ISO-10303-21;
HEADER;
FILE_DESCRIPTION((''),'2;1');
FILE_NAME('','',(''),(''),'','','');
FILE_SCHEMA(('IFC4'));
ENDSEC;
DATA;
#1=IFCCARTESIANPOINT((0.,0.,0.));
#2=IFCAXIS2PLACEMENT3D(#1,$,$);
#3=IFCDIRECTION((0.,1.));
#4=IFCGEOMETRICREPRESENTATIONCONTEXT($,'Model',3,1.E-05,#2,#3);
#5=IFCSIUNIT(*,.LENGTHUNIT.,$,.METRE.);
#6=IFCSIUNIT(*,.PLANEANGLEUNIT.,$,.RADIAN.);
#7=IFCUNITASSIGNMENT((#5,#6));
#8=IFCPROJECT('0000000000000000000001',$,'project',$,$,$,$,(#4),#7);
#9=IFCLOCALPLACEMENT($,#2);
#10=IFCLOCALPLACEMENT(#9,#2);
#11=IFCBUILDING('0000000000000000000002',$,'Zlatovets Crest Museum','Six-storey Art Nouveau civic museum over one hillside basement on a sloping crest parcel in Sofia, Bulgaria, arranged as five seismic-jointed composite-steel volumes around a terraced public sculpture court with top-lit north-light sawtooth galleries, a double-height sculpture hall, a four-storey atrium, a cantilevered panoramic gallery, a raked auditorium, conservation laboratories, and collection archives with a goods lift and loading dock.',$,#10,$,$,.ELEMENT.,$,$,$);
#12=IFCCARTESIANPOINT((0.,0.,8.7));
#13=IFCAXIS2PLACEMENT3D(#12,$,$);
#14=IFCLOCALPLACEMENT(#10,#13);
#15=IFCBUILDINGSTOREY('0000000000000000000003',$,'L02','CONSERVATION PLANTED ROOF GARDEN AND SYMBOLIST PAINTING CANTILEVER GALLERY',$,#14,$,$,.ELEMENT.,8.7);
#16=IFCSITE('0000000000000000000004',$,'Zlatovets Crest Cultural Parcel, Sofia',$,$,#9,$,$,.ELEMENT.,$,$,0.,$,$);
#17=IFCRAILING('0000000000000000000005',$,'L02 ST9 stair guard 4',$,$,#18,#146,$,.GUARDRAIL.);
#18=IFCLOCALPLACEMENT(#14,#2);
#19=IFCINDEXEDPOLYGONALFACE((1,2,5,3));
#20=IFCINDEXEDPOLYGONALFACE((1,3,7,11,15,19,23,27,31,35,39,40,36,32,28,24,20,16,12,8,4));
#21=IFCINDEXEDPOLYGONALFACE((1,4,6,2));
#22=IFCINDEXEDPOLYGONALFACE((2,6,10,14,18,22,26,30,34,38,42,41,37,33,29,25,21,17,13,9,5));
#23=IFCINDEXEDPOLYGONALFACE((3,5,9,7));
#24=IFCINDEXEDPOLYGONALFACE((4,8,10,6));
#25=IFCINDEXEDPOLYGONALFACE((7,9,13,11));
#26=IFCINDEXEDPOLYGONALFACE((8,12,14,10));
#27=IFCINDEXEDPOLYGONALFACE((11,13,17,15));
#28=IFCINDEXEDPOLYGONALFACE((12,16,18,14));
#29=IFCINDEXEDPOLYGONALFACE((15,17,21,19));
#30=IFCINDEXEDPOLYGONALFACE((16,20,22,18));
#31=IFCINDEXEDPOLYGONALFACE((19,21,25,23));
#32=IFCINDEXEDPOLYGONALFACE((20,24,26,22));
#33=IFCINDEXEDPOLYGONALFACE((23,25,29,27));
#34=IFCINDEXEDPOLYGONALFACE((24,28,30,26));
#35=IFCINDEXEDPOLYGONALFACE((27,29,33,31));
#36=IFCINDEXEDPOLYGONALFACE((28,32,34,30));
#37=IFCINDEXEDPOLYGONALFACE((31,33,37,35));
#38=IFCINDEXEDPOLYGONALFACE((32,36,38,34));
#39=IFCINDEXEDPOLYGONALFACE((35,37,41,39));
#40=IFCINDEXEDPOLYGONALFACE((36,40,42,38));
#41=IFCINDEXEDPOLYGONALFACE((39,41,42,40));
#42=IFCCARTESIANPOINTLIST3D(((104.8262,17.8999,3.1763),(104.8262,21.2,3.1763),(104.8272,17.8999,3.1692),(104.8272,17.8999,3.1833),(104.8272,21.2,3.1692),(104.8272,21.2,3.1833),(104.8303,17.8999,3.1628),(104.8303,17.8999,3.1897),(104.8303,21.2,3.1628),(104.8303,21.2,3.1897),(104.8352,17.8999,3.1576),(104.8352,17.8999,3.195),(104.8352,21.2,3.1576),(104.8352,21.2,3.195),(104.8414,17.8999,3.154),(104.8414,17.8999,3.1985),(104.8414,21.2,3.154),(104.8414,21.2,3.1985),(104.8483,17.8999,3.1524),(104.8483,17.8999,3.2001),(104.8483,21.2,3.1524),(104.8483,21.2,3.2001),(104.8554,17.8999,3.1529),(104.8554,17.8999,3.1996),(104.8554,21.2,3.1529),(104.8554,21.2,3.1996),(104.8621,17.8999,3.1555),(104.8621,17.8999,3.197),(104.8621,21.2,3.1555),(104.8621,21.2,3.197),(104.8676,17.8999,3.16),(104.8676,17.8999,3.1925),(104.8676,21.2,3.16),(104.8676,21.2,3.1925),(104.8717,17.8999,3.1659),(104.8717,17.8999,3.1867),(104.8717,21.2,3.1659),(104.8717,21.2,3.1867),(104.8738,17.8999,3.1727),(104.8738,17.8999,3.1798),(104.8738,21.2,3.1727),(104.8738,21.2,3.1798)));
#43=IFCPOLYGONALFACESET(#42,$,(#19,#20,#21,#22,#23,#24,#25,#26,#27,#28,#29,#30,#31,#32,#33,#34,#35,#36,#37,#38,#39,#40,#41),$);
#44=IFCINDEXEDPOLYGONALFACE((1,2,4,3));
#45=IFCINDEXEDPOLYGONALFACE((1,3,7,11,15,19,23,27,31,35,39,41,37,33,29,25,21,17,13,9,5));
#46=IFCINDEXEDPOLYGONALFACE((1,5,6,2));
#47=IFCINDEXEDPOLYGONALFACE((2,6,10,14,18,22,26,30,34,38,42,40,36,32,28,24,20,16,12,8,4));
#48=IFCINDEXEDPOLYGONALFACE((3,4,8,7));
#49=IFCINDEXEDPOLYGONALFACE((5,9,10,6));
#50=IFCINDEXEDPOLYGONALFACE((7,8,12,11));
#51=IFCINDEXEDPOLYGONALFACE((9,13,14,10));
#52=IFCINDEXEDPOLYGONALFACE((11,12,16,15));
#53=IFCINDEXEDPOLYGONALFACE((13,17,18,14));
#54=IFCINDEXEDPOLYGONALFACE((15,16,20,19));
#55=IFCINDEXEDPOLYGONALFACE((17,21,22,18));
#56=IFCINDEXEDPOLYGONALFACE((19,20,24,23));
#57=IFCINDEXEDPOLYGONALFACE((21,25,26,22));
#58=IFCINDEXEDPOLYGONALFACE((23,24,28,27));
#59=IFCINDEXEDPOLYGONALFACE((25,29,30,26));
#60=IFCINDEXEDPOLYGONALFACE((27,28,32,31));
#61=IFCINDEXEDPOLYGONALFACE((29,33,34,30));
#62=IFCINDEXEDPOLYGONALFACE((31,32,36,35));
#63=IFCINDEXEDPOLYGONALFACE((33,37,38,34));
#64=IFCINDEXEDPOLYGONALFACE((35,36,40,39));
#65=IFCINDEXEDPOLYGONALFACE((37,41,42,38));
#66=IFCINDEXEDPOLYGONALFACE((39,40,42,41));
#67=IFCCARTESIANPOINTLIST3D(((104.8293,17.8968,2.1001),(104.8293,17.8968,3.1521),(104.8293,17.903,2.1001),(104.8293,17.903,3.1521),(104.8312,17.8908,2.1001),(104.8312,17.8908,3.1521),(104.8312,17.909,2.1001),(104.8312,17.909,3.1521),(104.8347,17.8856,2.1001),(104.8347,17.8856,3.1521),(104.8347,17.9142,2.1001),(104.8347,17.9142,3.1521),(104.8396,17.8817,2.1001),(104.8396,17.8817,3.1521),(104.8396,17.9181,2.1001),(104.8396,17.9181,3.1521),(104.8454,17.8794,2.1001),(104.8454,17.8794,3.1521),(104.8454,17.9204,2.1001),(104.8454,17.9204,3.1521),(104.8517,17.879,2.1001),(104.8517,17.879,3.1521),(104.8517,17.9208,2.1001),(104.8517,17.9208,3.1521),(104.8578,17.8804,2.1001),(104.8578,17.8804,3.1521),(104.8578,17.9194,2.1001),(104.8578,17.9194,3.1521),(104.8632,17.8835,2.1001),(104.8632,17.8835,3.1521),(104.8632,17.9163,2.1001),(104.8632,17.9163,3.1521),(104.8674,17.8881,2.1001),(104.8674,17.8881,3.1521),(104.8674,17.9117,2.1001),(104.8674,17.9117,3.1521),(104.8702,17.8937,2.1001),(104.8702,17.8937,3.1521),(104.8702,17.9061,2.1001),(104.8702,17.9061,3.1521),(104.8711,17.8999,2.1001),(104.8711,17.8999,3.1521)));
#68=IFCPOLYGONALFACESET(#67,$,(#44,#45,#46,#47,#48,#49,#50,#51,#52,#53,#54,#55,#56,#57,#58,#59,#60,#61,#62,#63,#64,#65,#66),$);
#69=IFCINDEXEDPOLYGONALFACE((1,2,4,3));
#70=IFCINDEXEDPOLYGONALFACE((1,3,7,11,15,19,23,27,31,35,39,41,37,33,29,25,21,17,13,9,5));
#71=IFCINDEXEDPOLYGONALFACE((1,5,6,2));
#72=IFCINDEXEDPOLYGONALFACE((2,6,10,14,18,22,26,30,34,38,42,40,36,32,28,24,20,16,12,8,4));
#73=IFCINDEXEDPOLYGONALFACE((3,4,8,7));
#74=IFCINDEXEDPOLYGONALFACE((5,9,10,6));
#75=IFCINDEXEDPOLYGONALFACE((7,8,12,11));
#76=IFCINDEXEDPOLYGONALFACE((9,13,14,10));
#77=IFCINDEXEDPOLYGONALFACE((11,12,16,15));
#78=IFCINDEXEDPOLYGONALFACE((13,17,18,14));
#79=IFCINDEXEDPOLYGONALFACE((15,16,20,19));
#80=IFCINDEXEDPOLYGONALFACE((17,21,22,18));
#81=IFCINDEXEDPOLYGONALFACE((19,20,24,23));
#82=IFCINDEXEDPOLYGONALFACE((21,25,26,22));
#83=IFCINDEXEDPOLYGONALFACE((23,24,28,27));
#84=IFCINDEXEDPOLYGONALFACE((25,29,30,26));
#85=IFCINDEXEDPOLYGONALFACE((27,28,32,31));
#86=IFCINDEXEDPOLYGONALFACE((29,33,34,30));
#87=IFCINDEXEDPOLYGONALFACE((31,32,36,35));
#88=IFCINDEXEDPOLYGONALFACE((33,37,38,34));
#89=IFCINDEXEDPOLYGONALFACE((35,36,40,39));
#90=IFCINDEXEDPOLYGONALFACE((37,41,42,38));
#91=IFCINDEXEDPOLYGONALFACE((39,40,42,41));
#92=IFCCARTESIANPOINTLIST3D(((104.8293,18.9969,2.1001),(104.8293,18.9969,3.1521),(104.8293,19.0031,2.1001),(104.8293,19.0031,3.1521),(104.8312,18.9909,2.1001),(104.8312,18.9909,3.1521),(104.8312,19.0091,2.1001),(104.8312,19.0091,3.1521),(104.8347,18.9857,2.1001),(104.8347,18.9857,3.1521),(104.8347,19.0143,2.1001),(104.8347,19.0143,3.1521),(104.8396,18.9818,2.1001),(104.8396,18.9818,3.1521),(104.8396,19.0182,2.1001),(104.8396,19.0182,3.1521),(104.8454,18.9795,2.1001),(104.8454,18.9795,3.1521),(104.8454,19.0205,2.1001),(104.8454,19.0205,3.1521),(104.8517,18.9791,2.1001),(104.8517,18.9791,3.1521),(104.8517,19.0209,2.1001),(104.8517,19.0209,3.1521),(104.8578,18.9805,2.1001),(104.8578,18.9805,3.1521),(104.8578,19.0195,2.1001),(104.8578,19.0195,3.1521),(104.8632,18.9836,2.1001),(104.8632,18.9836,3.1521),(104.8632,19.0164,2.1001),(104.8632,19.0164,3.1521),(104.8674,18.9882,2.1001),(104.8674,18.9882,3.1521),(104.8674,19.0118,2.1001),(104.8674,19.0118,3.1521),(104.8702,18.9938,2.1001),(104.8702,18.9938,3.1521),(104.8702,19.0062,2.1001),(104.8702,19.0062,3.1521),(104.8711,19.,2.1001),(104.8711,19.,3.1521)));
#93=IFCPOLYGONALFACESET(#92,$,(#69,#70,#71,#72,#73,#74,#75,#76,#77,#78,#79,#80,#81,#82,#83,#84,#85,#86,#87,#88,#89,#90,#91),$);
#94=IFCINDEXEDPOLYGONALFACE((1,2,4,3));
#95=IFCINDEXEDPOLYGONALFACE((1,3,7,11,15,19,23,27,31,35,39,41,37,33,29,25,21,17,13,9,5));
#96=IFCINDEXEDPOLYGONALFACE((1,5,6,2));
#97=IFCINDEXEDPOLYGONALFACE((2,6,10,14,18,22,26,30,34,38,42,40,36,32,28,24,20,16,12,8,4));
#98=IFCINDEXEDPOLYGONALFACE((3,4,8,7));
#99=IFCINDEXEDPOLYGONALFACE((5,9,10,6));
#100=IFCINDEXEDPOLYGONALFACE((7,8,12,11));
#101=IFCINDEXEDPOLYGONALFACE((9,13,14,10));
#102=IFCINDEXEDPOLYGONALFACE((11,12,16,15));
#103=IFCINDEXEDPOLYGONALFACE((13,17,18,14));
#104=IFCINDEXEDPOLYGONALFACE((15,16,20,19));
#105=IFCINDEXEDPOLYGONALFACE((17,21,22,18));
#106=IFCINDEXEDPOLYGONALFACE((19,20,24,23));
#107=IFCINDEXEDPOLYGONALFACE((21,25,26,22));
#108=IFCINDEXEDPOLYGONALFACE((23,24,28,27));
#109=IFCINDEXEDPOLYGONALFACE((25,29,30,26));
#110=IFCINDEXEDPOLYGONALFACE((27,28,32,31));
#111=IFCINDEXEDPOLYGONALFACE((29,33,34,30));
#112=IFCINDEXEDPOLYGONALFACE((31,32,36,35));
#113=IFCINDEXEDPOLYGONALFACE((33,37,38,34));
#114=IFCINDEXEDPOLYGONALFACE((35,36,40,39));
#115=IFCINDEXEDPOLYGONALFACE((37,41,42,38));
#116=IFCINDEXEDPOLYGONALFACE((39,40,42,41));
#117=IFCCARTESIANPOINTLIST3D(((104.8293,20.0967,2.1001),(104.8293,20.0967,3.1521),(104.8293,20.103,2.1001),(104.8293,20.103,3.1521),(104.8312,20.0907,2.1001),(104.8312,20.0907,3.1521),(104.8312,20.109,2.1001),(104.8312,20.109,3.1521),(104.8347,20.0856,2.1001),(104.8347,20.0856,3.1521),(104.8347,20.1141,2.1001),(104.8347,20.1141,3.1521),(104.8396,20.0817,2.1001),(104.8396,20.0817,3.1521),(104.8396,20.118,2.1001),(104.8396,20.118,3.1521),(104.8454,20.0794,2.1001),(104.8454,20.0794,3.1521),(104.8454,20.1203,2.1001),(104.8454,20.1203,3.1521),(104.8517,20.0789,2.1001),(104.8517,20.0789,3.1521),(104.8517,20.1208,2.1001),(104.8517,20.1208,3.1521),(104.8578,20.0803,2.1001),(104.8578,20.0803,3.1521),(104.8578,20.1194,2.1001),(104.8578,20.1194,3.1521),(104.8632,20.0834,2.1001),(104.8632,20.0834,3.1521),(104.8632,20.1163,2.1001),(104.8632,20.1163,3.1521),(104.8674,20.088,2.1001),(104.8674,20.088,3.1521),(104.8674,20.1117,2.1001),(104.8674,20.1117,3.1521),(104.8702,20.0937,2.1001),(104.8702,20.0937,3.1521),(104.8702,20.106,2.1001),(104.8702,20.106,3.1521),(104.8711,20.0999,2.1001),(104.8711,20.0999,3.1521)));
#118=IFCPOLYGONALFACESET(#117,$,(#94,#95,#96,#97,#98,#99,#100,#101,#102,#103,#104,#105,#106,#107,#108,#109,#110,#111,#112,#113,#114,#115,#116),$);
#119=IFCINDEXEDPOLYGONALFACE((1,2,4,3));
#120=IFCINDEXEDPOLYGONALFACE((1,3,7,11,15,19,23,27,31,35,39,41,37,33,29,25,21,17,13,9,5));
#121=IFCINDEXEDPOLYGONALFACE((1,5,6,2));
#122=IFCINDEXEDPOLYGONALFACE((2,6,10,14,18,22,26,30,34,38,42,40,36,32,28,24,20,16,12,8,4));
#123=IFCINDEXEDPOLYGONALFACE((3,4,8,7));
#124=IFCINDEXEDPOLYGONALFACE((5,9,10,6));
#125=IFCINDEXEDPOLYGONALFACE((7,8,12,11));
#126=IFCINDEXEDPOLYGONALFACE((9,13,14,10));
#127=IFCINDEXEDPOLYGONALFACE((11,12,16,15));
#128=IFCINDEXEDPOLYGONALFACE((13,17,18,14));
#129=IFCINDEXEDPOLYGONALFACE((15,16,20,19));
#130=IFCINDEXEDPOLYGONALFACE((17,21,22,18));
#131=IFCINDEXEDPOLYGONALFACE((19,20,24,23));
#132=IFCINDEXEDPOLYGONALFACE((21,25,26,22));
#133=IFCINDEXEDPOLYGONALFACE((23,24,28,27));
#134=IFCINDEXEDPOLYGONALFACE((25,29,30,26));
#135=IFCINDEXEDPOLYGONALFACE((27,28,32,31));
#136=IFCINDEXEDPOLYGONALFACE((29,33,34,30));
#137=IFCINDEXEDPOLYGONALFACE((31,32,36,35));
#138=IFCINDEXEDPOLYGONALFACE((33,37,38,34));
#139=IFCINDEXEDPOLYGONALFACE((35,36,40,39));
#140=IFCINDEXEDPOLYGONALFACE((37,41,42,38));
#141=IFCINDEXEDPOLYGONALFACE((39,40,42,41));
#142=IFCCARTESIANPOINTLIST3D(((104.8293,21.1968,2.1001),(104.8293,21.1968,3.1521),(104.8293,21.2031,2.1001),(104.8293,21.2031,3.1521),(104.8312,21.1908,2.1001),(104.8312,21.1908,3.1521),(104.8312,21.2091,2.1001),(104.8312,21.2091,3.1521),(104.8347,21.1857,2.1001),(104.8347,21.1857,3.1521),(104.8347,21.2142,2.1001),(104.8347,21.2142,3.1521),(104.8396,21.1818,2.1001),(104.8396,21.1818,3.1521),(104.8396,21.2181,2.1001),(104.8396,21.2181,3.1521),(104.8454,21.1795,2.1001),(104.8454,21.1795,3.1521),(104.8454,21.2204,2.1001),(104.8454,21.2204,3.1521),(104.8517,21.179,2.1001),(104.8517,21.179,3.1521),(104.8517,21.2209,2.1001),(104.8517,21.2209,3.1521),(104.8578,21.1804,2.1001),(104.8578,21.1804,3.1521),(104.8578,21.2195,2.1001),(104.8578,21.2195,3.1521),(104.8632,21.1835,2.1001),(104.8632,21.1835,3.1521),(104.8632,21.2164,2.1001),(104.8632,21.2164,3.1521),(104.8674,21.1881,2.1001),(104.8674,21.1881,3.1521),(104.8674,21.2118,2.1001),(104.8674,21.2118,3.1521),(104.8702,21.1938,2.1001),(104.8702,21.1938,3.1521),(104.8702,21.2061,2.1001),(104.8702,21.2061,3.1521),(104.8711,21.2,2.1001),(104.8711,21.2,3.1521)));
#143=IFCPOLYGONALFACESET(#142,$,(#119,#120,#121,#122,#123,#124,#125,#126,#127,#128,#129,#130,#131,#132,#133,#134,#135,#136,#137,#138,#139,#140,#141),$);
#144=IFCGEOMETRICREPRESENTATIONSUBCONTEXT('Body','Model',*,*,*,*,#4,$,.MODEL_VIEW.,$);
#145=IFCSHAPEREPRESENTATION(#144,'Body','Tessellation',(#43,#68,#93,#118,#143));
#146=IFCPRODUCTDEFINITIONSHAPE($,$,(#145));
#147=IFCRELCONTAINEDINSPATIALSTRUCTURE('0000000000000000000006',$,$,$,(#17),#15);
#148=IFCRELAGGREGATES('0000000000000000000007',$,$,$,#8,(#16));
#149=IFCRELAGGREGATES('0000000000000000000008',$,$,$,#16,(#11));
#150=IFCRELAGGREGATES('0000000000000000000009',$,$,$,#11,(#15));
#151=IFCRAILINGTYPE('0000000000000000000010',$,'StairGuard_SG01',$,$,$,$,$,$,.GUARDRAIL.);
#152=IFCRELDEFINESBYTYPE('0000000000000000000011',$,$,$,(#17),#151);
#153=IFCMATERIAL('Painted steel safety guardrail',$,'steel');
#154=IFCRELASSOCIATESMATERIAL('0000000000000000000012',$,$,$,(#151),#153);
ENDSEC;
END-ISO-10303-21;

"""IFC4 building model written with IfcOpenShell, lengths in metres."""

from ifc_helpers import new_model, si_unit, direction, frame, origin, origin_2d, place, context, subcontext, project, spatial, circle, extrude, material, type_object, element, save


model = new_model("IFC4")

# Units and contexts
model_context = context("Model", 3, precision=1e-05, world=origin(), true_north=direction((0.0, 1.0)))
body_context = subcontext(model_context, "Body", "Model", "MODEL_VIEW")
ifc_project = project(units=[si_unit("LENGTHUNIT", "METRE"), si_unit("PLANEANGLEUNIT", "RADIAN")], contexts=[model_context])

# Site, building, storey
site_placement = place(None, origin())
site = spatial("IfcSite", under=ifc_project, at=site_placement, Name="Zlatovets Crest Cultural Parcel, Sofia", CompositionType="ELEMENT", RefElevation=0.0)
building_placement = place(site_placement, origin())
building = spatial("IfcBuilding", under=site, at=building_placement, Name="Zlatovets Crest Museum", Description="Six-storey Art Nouveau civic museum over one hillside basement on a sloping crest parcel in Sofia, Bulgaria, arranged as five seismic-jointed composite-steel volumes around a terraced public sculpture court with top-lit north-light sawtooth galleries, a double-height sculpture hall, a four-storey atrium, a cantilevered panoramic gallery, a raked auditorium, conservation laboratories, and collection archives with a goods lift and loading dock.", CompositionType="ELEMENT")
storey_placement = place(building_placement, frame((0.0, 0.0, 8.7)))
storey = spatial("IfcBuildingStorey", under=building, at=storey_placement, Name="L02", Description="CONSERVATION PLANTED ROOF GARDEN AND SYMBOLIST PAINTING CANTILEVER GALLERY", CompositionType="ELEMENT", Elevation=8.7)

# Railing
ifc_material_1 = material(Name="Painted steel safety guardrail", Category="steel")
railing_type_1 = type_object("IfcRailingType", Name="StairGuard_SG01", PredefinedType="GUARDRAIL", material=ifc_material_1)
for number, where, name in (
    (1, (104.8501, 17.8999, 2.1001), "L02 ST9 stair guard 4"),
):
    element("IfcRailing", number, at=place(storey_placement, frame(where)), inside=storey, type_object=railing_type_1, Name=name, PredefinedType="GUARDRAIL", context=body_context, shape_type="SweptSolid", body=[
        extrude(circle(Radius=0.0239, at=origin_2d()), frame((0.0, 0.0, 1.0762), z_axis=(0.0, 1.0, 0.0), x_axis=(-1.0, 0.0, 0.0)), (0.0, 0.0, 1.0), 3.3),
        extrude(circle(Radius=0.021, at=origin_2d()), origin(), (0.0, 0.0, 1.0), 1.052),
        extrude(circle(Radius=0.021, at=origin_2d()), frame((0.0, 1.1001, 0.0)), (0.0, 0.0, 1.0), 1.052),
        extrude(circle(Radius=0.021, at=origin_2d()), frame((0.0, 2.2, 0.0)), (0.0, 0.0, 1.0), 1.052),
        extrude(circle(Radius=0.021, at=origin_2d()), frame((0.0, 3.3, 0.0)), (0.0, 0.0, 1.0), 1.052),
    ])

save(model, "model.ifc")
